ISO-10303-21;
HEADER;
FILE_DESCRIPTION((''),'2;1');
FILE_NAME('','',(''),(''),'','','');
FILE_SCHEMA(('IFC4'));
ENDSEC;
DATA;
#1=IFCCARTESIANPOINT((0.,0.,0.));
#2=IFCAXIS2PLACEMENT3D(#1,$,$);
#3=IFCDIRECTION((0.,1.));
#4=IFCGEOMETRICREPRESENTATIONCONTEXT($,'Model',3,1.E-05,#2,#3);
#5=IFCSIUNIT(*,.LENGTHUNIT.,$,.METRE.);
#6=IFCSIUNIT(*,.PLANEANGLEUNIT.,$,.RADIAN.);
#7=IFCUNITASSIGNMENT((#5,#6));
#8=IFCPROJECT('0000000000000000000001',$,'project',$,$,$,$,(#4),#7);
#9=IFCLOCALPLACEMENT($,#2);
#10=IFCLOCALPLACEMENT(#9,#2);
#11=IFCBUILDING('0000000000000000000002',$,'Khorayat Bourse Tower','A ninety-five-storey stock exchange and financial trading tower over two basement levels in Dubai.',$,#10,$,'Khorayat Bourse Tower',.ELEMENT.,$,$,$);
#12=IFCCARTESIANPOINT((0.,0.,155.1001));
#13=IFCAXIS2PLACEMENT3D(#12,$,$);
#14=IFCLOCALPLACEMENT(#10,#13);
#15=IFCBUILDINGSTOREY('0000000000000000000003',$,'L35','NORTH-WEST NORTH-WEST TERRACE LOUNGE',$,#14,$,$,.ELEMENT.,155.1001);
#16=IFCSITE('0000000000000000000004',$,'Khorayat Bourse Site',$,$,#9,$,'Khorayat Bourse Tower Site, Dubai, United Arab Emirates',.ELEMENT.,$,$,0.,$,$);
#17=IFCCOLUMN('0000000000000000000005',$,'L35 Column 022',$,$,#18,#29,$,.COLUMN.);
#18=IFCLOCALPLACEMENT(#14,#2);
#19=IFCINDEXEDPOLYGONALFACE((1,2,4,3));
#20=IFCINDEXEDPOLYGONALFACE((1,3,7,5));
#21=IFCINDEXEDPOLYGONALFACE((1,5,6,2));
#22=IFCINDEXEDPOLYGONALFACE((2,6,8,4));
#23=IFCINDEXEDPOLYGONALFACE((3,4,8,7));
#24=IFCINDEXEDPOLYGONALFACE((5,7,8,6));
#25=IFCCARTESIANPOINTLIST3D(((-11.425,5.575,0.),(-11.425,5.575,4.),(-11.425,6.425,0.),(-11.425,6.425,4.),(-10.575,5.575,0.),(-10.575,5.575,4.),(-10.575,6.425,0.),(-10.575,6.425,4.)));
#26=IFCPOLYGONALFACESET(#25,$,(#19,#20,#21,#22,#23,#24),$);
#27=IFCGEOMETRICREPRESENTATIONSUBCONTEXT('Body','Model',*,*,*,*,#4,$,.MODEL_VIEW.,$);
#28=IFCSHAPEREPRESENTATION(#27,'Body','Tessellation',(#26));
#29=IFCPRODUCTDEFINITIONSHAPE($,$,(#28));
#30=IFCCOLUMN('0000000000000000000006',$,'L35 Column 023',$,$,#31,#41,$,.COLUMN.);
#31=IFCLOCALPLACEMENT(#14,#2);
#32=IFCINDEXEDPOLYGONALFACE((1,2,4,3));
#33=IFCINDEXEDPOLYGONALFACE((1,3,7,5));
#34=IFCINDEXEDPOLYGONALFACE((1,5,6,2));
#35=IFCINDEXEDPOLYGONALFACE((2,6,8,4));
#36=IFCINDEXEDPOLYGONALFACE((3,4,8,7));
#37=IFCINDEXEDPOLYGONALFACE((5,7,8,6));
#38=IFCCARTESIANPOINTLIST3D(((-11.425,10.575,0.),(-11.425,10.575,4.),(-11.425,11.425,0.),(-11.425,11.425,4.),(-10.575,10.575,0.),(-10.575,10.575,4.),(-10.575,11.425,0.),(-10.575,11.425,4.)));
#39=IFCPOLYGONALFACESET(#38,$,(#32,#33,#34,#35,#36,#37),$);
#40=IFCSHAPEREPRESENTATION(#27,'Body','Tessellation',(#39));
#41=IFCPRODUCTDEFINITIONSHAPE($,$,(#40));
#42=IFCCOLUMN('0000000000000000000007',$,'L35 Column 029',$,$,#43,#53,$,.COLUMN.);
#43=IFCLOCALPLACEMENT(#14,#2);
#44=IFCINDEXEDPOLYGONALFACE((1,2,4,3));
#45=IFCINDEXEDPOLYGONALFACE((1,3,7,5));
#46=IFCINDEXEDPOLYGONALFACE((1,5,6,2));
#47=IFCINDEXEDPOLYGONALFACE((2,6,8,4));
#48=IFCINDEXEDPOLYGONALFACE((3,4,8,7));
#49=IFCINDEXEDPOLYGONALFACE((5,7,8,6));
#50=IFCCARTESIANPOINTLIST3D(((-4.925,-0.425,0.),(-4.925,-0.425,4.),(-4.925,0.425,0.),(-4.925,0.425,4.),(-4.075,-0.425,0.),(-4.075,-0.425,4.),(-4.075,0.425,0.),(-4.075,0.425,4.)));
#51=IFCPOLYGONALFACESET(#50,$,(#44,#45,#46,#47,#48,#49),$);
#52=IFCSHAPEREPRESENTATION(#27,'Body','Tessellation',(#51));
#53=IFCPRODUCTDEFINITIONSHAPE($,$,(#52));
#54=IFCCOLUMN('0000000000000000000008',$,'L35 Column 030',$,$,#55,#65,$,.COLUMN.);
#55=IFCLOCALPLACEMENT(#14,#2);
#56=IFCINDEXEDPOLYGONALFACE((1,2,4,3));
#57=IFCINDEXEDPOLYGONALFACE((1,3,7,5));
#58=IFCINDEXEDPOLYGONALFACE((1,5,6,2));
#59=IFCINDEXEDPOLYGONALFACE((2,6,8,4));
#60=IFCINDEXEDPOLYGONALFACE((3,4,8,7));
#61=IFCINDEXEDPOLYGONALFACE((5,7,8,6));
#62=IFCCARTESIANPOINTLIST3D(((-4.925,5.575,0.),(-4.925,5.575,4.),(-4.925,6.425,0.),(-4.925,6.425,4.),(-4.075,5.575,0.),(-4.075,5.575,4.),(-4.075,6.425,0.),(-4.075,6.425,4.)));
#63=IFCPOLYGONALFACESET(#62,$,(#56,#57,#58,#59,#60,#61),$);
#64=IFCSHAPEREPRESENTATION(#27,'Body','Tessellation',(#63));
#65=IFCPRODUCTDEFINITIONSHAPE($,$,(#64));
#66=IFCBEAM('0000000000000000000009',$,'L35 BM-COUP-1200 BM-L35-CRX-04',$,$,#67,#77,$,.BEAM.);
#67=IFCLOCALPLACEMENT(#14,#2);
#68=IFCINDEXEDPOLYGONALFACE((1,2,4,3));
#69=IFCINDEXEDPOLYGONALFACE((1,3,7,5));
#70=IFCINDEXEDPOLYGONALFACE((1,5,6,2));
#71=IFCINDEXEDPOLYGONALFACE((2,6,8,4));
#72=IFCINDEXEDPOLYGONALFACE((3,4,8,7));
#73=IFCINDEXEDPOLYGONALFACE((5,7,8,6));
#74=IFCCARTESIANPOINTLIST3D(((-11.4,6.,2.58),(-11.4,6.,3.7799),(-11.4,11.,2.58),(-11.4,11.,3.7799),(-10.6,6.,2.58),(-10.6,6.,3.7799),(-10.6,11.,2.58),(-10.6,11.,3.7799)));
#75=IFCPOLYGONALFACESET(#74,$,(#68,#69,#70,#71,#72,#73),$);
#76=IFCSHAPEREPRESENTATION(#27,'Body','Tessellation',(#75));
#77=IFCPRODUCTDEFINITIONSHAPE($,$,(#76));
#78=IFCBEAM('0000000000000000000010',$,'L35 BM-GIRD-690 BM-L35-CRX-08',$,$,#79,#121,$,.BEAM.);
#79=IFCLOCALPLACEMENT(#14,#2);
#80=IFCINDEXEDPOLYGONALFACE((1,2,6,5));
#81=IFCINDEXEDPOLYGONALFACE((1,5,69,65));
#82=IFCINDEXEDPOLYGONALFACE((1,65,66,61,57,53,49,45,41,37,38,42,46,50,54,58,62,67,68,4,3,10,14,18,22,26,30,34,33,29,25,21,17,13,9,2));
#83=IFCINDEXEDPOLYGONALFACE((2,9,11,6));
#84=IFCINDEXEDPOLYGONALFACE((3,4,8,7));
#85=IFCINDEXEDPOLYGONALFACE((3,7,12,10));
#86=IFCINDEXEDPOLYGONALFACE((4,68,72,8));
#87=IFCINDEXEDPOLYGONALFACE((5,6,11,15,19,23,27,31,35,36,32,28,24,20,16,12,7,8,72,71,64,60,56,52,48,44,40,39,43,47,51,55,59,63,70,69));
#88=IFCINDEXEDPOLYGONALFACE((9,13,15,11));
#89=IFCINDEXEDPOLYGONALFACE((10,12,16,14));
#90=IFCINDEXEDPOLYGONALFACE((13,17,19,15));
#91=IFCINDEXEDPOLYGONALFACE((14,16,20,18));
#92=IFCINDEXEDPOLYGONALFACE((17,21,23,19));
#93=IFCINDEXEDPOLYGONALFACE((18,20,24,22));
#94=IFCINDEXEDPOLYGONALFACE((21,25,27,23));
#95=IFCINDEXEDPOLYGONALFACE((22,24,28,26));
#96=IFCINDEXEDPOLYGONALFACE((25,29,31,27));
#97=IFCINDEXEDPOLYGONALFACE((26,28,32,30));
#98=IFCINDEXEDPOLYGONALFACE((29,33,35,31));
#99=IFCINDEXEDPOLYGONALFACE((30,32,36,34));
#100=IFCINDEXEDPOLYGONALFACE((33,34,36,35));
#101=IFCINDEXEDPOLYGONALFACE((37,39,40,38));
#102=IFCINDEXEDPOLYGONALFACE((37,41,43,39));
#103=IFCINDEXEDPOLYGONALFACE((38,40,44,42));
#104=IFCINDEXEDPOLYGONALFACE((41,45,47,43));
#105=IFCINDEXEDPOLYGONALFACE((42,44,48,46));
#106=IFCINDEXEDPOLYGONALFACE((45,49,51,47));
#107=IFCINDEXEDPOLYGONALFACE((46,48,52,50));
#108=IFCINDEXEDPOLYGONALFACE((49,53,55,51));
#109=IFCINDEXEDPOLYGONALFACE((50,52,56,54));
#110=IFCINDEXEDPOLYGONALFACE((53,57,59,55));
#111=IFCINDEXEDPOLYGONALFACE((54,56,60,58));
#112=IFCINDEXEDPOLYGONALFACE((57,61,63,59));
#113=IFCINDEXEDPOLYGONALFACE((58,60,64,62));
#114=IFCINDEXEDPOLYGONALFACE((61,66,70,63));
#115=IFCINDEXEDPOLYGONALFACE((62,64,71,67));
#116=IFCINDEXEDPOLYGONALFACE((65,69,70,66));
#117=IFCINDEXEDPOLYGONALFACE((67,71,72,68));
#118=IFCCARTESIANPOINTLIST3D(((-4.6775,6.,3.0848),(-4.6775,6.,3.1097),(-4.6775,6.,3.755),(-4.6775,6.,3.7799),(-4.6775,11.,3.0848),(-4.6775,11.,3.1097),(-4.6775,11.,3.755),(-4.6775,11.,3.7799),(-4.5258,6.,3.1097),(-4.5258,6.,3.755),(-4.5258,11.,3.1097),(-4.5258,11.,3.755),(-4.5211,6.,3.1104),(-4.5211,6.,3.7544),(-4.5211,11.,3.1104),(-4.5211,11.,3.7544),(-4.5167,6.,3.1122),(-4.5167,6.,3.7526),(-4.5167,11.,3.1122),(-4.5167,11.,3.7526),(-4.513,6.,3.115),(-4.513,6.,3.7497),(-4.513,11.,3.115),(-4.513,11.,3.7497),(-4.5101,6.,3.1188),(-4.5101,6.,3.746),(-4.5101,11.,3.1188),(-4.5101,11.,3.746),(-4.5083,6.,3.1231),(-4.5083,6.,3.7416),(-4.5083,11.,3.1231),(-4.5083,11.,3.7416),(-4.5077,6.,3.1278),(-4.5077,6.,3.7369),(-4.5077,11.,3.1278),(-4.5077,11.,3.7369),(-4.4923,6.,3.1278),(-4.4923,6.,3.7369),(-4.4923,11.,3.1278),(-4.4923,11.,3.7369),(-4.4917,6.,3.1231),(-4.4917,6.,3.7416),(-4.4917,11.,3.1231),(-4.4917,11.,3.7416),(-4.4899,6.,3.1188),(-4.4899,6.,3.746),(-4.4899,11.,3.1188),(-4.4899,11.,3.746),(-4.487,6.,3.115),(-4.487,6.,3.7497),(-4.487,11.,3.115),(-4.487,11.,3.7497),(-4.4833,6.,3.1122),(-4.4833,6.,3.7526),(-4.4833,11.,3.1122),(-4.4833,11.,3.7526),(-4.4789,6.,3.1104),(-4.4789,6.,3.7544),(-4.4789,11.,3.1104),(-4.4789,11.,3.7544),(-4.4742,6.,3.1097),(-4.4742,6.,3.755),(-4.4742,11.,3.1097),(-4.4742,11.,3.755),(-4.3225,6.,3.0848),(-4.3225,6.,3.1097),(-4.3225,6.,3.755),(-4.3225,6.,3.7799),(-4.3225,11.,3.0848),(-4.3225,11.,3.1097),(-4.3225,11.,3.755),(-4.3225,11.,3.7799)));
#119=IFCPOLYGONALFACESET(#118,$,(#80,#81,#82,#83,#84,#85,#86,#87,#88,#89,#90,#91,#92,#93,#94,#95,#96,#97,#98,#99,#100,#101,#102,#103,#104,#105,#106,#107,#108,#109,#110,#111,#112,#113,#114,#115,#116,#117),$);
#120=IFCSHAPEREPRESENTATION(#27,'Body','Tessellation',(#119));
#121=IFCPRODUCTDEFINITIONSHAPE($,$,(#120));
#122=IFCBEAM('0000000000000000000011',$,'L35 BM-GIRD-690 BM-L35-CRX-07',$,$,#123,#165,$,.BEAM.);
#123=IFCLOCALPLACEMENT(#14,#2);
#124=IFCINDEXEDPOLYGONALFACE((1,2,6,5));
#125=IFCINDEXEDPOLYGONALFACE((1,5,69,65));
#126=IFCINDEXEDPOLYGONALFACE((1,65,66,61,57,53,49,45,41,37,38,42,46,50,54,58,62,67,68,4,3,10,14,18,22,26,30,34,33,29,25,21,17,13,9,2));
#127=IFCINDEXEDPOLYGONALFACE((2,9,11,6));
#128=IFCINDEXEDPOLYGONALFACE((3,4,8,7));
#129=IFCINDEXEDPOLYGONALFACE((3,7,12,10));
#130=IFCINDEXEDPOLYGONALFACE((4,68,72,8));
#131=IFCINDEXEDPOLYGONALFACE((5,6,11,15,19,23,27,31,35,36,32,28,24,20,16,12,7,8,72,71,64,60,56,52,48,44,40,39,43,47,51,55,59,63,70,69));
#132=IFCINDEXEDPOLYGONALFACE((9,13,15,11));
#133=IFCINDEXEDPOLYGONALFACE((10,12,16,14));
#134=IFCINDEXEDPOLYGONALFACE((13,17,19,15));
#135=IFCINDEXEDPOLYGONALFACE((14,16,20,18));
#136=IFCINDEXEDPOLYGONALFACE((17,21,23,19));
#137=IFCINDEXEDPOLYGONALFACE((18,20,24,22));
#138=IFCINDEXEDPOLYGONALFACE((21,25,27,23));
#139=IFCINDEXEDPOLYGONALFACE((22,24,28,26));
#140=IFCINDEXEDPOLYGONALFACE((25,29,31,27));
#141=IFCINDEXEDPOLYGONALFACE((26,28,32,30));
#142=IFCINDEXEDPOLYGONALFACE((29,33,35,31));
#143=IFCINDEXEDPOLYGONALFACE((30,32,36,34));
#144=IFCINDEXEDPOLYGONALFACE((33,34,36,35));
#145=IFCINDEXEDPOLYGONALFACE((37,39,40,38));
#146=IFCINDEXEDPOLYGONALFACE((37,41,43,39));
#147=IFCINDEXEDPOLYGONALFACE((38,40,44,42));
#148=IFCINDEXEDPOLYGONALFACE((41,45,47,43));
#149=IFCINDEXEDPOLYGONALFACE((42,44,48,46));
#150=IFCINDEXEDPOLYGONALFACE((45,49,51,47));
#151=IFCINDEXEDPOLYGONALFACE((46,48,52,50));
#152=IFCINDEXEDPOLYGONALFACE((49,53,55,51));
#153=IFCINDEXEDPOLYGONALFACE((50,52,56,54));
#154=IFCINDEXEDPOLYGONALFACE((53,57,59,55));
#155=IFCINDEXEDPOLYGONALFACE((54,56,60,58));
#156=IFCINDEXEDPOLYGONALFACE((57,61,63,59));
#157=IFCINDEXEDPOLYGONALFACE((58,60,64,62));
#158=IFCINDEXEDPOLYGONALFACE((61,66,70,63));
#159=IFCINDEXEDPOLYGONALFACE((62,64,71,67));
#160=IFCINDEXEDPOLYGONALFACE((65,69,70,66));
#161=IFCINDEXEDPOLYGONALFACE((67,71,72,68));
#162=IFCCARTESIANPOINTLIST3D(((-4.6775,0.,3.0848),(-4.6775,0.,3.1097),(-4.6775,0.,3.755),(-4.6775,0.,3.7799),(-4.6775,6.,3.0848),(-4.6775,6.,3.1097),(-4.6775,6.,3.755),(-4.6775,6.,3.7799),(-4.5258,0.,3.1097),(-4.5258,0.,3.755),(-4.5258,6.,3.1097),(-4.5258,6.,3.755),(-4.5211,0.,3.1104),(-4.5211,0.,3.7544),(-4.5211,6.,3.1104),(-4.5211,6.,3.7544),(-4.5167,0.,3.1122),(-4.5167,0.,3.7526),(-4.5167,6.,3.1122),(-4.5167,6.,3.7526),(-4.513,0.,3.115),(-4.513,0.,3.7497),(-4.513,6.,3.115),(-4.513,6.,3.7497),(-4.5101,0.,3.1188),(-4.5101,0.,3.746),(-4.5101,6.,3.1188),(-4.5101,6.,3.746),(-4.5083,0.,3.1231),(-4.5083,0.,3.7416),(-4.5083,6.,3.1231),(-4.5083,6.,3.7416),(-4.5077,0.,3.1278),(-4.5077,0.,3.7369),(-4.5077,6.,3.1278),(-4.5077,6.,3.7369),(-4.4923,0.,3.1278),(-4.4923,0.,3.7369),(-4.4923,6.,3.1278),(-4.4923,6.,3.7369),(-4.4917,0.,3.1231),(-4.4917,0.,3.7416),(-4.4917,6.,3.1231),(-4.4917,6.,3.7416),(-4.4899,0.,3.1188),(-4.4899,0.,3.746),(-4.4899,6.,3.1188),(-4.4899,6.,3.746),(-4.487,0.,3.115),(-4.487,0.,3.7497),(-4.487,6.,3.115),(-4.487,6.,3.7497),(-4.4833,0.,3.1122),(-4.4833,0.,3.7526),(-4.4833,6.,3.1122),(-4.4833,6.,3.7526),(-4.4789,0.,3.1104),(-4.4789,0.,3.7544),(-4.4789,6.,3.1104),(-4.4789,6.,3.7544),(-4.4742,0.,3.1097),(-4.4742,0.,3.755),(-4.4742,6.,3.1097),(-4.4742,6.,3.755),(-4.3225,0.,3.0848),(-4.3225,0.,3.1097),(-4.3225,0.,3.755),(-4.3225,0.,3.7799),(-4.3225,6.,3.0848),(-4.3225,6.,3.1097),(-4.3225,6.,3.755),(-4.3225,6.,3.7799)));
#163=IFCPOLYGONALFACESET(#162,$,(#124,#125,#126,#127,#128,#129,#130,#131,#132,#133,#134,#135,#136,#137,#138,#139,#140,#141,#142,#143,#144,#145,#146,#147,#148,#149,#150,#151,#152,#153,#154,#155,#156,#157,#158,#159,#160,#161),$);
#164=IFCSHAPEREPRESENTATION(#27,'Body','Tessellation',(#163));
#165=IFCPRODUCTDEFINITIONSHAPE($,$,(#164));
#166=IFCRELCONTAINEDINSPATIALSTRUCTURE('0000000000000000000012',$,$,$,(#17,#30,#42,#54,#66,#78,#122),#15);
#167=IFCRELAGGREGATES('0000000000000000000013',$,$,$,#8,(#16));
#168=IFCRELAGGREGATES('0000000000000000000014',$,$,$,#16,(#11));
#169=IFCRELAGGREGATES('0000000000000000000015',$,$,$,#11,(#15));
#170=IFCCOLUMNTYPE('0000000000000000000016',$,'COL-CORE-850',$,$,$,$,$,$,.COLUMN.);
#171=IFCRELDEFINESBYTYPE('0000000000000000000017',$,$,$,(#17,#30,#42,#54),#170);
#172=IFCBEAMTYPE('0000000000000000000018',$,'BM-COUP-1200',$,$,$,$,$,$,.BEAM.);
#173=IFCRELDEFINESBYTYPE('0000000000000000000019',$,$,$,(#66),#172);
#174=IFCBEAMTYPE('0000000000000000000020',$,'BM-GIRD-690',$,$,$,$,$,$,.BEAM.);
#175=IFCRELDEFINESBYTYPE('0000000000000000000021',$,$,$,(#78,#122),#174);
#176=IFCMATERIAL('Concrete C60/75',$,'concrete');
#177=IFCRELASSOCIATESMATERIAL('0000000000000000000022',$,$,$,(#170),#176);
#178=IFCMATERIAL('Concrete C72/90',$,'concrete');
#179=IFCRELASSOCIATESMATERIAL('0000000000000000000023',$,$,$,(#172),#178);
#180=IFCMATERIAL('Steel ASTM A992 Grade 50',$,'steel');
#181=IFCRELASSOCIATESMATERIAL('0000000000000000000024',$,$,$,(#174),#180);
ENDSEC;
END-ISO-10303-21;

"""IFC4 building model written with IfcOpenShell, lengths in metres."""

from ifc_helpers import new_model, si_unit, direction, frame, origin, origin_2d, place, context, subcontext, project, spatial, rectangle, i_section, extrude, source, transform, mapped, material, material_profile, profile_set, type_object, element, save


model = new_model("IFC4")

# Units and contexts
model_context = context("Model", 3, precision=1e-05, world=origin(), true_north=direction((0.0, 1.0)))
body_context = subcontext(model_context, "Body", "Model", "MODEL_VIEW")
ifc_project = project(units=[si_unit("LENGTHUNIT", "METRE"), si_unit("PLANEANGLEUNIT", "RADIAN")], contexts=[model_context])

# Site, building, storey
site_placement = place(None, origin())
site = spatial("IfcSite", under=ifc_project, at=site_placement, Name="Khorayat Bourse Site", LongName="Khorayat Bourse Tower Site, Dubai, United Arab Emirates", CompositionType="ELEMENT", RefElevation=0.0)
building_placement = place(site_placement, origin())
building = spatial("IfcBuilding", under=site, at=building_placement, Name="Khorayat Bourse Tower", Description="A ninety-five-storey stock exchange and financial trading tower over two basement levels in Dubai.", LongName="Khorayat Bourse Tower", CompositionType="ELEMENT")
storey_placement = place(building_placement, frame((0.0, 0.0, 155.1001)))
storey = spatial("IfcBuildingStorey", under=building, at=storey_placement, Name="L35", Description="NORTH-WEST NORTH-WEST TERRACE LOUNGE", CompositionType="ELEMENT", Elevation=155.1001)

# Columns
ifc_material_1 = material(Name="Concrete C60/75", Category="concrete")
ifc_material_profile_1 = material_profile(ifc_material_1, rectangle(XDim=0.8501, YDim=0.8501, at=origin_2d()), Name="RC 850x850")
ifc_profile_set_1 = profile_set([ifc_material_profile_1], Name="Concrete C60/75")
column_type = type_object("IfcColumnType", Name="COL-CORE-850", PredefinedType="COLUMN", material=ifc_profile_set_1)
shared_shape_1 = source(origin(), body_context, "Body", "SweptSolid", [
    extrude(rectangle(XDim=0.8501, YDim=0.8501, at=origin_2d()), origin(), (0.0, 0.0, 1.0), 4.0),
])
for number, where, z_axis, x_axis, name in (
    (1, (-11.0, 6.0, 0.0), (0.0, 0.0, 1.0), (1.0, 0.0, 0.0), "L35 Column 022"),
    (2, (-11.0, 11.0, 0.0), (0.0, 0.0, 1.0), (1.0, 0.0, 0.0), "L35 Column 023"),
    (3, (-4.5, 0.0, 0.0), (0.0, 0.0, 1.0), (1.0, 0.0, 0.0), "L35 Column 029"),
    (4, (-4.5, 6.0, 0.0), (0.0, 0.0, 1.0), (1.0, 0.0, 0.0), "L35 Column 030"),
):
    element("IfcColumn", number, at=place(storey_placement, frame(where, z_axis=z_axis, x_axis=x_axis)), inside=storey, type_object=column_type, Name=name, PredefinedType="COLUMN", context=body_context, shape_type="MappedRepresentation", body=[
        mapped(shared_shape_1, transform((0.0, 0.0, 0.0), scale=1.0)),
    ])

# Beams
ifc_material_2 = material(Name="Concrete C72/90", Category="concrete")
ifc_material_profile_2 = material_profile(ifc_material_2, rectangle(XDim=0.8, YDim=1.2, at=origin_2d()), Name="RC 800x1200")
ifc_profile_set_2 = profile_set([ifc_material_profile_2], Name="Concrete C72/90")
beam_type_1 = type_object("IfcBeamType", Name="BM-COUP-1200", PredefinedType="BEAM", material=ifc_profile_set_2)
shared_shape_2 = source(origin(), body_context, "Body", "SweptSolid", [
    extrude(rectangle(XDim=0.8, YDim=1.2, at=origin_2d()), origin(), (0.0, 0.0, 1.0), 5.0),
])
beam_1_placement = place(storey_placement, frame((-11.0, 6.0, 3.1799), z_axis=(0.0, 1.0, 0.0), x_axis=(-1.0, 0.0, 0.0)))
element("IfcBeam", 5, at=beam_1_placement, inside=storey, type_object=beam_type_1, Name="L35 BM-COUP-1200 BM-L35-CRX-04", PredefinedType="BEAM", context=body_context, shape_type="MappedRepresentation", body=[
    mapped(shared_shape_2, transform((0.0, 0.0, 0.0), scale=1.0)),
])
ifc_material_3 = material(Name="Steel ASTM A992 Grade 50", Category="steel")
ifc_material_profile_3 = material_profile(ifc_material_3, i_section(OverallWidth=0.355, OverallDepth=0.6951, WebThickness=0.0154, FlangeThickness=0.0249, FilletRadius=0.0181, at=origin_2d()), Name="W690X217")
ifc_profile_set_3 = profile_set([ifc_material_profile_3], Name="Steel ASTM A992 Grade 50")
beam_type_2 = type_object("IfcBeamType", Name="BM-GIRD-690", PredefinedType="BEAM", material=ifc_profile_set_3)
shared_shape_3 = source(origin(), body_context, "Body", "SweptSolid", [
    extrude(i_section(OverallWidth=0.355, OverallDepth=0.6951, WebThickness=0.0154, FlangeThickness=0.0249, FilletRadius=0.0181, at=origin_2d()), origin(), (0.0, 0.0, 1.0), 5.0),
])
beam_2_placement = place(storey_placement, frame((-4.5, 6.0, 3.4324), z_axis=(0.0, 1.0, 0.0), x_axis=(-1.0, 0.0, 0.0)))
element("IfcBeam", 6, at=beam_2_placement, inside=storey, type_object=beam_type_2, Name="L35 BM-GIRD-690 BM-L35-CRX-08", PredefinedType="BEAM", context=body_context, shape_type="MappedRepresentation", body=[
    mapped(shared_shape_3, transform((0.0, 0.0, 0.0), scale=1.0)),
])
shared_shape_4 = source(origin(), body_context, "Body", "SweptSolid", [
    extrude(i_section(OverallWidth=0.355, OverallDepth=0.6951, WebThickness=0.0154, FlangeThickness=0.0249, FilletRadius=0.0181, at=origin_2d()), origin(), (0.0, 0.0, 1.0), 6.0),
])
beam_3_placement = place(storey_placement, frame((-4.5, 0.0, 3.4324), z_axis=(0.0, 1.0, 0.0), x_axis=(-1.0, 0.0, 0.0)))
element("IfcBeam", 7, at=beam_3_placement, inside=storey, type_object=beam_type_2, Name="L35 BM-GIRD-690 BM-L35-CRX-07", PredefinedType="BEAM", context=body_context, shape_type="MappedRepresentation", body=[
    mapped(shared_shape_4, transform((0.0, 0.0, 0.0), scale=1.0)),
])

save(model, "model.ifc")
